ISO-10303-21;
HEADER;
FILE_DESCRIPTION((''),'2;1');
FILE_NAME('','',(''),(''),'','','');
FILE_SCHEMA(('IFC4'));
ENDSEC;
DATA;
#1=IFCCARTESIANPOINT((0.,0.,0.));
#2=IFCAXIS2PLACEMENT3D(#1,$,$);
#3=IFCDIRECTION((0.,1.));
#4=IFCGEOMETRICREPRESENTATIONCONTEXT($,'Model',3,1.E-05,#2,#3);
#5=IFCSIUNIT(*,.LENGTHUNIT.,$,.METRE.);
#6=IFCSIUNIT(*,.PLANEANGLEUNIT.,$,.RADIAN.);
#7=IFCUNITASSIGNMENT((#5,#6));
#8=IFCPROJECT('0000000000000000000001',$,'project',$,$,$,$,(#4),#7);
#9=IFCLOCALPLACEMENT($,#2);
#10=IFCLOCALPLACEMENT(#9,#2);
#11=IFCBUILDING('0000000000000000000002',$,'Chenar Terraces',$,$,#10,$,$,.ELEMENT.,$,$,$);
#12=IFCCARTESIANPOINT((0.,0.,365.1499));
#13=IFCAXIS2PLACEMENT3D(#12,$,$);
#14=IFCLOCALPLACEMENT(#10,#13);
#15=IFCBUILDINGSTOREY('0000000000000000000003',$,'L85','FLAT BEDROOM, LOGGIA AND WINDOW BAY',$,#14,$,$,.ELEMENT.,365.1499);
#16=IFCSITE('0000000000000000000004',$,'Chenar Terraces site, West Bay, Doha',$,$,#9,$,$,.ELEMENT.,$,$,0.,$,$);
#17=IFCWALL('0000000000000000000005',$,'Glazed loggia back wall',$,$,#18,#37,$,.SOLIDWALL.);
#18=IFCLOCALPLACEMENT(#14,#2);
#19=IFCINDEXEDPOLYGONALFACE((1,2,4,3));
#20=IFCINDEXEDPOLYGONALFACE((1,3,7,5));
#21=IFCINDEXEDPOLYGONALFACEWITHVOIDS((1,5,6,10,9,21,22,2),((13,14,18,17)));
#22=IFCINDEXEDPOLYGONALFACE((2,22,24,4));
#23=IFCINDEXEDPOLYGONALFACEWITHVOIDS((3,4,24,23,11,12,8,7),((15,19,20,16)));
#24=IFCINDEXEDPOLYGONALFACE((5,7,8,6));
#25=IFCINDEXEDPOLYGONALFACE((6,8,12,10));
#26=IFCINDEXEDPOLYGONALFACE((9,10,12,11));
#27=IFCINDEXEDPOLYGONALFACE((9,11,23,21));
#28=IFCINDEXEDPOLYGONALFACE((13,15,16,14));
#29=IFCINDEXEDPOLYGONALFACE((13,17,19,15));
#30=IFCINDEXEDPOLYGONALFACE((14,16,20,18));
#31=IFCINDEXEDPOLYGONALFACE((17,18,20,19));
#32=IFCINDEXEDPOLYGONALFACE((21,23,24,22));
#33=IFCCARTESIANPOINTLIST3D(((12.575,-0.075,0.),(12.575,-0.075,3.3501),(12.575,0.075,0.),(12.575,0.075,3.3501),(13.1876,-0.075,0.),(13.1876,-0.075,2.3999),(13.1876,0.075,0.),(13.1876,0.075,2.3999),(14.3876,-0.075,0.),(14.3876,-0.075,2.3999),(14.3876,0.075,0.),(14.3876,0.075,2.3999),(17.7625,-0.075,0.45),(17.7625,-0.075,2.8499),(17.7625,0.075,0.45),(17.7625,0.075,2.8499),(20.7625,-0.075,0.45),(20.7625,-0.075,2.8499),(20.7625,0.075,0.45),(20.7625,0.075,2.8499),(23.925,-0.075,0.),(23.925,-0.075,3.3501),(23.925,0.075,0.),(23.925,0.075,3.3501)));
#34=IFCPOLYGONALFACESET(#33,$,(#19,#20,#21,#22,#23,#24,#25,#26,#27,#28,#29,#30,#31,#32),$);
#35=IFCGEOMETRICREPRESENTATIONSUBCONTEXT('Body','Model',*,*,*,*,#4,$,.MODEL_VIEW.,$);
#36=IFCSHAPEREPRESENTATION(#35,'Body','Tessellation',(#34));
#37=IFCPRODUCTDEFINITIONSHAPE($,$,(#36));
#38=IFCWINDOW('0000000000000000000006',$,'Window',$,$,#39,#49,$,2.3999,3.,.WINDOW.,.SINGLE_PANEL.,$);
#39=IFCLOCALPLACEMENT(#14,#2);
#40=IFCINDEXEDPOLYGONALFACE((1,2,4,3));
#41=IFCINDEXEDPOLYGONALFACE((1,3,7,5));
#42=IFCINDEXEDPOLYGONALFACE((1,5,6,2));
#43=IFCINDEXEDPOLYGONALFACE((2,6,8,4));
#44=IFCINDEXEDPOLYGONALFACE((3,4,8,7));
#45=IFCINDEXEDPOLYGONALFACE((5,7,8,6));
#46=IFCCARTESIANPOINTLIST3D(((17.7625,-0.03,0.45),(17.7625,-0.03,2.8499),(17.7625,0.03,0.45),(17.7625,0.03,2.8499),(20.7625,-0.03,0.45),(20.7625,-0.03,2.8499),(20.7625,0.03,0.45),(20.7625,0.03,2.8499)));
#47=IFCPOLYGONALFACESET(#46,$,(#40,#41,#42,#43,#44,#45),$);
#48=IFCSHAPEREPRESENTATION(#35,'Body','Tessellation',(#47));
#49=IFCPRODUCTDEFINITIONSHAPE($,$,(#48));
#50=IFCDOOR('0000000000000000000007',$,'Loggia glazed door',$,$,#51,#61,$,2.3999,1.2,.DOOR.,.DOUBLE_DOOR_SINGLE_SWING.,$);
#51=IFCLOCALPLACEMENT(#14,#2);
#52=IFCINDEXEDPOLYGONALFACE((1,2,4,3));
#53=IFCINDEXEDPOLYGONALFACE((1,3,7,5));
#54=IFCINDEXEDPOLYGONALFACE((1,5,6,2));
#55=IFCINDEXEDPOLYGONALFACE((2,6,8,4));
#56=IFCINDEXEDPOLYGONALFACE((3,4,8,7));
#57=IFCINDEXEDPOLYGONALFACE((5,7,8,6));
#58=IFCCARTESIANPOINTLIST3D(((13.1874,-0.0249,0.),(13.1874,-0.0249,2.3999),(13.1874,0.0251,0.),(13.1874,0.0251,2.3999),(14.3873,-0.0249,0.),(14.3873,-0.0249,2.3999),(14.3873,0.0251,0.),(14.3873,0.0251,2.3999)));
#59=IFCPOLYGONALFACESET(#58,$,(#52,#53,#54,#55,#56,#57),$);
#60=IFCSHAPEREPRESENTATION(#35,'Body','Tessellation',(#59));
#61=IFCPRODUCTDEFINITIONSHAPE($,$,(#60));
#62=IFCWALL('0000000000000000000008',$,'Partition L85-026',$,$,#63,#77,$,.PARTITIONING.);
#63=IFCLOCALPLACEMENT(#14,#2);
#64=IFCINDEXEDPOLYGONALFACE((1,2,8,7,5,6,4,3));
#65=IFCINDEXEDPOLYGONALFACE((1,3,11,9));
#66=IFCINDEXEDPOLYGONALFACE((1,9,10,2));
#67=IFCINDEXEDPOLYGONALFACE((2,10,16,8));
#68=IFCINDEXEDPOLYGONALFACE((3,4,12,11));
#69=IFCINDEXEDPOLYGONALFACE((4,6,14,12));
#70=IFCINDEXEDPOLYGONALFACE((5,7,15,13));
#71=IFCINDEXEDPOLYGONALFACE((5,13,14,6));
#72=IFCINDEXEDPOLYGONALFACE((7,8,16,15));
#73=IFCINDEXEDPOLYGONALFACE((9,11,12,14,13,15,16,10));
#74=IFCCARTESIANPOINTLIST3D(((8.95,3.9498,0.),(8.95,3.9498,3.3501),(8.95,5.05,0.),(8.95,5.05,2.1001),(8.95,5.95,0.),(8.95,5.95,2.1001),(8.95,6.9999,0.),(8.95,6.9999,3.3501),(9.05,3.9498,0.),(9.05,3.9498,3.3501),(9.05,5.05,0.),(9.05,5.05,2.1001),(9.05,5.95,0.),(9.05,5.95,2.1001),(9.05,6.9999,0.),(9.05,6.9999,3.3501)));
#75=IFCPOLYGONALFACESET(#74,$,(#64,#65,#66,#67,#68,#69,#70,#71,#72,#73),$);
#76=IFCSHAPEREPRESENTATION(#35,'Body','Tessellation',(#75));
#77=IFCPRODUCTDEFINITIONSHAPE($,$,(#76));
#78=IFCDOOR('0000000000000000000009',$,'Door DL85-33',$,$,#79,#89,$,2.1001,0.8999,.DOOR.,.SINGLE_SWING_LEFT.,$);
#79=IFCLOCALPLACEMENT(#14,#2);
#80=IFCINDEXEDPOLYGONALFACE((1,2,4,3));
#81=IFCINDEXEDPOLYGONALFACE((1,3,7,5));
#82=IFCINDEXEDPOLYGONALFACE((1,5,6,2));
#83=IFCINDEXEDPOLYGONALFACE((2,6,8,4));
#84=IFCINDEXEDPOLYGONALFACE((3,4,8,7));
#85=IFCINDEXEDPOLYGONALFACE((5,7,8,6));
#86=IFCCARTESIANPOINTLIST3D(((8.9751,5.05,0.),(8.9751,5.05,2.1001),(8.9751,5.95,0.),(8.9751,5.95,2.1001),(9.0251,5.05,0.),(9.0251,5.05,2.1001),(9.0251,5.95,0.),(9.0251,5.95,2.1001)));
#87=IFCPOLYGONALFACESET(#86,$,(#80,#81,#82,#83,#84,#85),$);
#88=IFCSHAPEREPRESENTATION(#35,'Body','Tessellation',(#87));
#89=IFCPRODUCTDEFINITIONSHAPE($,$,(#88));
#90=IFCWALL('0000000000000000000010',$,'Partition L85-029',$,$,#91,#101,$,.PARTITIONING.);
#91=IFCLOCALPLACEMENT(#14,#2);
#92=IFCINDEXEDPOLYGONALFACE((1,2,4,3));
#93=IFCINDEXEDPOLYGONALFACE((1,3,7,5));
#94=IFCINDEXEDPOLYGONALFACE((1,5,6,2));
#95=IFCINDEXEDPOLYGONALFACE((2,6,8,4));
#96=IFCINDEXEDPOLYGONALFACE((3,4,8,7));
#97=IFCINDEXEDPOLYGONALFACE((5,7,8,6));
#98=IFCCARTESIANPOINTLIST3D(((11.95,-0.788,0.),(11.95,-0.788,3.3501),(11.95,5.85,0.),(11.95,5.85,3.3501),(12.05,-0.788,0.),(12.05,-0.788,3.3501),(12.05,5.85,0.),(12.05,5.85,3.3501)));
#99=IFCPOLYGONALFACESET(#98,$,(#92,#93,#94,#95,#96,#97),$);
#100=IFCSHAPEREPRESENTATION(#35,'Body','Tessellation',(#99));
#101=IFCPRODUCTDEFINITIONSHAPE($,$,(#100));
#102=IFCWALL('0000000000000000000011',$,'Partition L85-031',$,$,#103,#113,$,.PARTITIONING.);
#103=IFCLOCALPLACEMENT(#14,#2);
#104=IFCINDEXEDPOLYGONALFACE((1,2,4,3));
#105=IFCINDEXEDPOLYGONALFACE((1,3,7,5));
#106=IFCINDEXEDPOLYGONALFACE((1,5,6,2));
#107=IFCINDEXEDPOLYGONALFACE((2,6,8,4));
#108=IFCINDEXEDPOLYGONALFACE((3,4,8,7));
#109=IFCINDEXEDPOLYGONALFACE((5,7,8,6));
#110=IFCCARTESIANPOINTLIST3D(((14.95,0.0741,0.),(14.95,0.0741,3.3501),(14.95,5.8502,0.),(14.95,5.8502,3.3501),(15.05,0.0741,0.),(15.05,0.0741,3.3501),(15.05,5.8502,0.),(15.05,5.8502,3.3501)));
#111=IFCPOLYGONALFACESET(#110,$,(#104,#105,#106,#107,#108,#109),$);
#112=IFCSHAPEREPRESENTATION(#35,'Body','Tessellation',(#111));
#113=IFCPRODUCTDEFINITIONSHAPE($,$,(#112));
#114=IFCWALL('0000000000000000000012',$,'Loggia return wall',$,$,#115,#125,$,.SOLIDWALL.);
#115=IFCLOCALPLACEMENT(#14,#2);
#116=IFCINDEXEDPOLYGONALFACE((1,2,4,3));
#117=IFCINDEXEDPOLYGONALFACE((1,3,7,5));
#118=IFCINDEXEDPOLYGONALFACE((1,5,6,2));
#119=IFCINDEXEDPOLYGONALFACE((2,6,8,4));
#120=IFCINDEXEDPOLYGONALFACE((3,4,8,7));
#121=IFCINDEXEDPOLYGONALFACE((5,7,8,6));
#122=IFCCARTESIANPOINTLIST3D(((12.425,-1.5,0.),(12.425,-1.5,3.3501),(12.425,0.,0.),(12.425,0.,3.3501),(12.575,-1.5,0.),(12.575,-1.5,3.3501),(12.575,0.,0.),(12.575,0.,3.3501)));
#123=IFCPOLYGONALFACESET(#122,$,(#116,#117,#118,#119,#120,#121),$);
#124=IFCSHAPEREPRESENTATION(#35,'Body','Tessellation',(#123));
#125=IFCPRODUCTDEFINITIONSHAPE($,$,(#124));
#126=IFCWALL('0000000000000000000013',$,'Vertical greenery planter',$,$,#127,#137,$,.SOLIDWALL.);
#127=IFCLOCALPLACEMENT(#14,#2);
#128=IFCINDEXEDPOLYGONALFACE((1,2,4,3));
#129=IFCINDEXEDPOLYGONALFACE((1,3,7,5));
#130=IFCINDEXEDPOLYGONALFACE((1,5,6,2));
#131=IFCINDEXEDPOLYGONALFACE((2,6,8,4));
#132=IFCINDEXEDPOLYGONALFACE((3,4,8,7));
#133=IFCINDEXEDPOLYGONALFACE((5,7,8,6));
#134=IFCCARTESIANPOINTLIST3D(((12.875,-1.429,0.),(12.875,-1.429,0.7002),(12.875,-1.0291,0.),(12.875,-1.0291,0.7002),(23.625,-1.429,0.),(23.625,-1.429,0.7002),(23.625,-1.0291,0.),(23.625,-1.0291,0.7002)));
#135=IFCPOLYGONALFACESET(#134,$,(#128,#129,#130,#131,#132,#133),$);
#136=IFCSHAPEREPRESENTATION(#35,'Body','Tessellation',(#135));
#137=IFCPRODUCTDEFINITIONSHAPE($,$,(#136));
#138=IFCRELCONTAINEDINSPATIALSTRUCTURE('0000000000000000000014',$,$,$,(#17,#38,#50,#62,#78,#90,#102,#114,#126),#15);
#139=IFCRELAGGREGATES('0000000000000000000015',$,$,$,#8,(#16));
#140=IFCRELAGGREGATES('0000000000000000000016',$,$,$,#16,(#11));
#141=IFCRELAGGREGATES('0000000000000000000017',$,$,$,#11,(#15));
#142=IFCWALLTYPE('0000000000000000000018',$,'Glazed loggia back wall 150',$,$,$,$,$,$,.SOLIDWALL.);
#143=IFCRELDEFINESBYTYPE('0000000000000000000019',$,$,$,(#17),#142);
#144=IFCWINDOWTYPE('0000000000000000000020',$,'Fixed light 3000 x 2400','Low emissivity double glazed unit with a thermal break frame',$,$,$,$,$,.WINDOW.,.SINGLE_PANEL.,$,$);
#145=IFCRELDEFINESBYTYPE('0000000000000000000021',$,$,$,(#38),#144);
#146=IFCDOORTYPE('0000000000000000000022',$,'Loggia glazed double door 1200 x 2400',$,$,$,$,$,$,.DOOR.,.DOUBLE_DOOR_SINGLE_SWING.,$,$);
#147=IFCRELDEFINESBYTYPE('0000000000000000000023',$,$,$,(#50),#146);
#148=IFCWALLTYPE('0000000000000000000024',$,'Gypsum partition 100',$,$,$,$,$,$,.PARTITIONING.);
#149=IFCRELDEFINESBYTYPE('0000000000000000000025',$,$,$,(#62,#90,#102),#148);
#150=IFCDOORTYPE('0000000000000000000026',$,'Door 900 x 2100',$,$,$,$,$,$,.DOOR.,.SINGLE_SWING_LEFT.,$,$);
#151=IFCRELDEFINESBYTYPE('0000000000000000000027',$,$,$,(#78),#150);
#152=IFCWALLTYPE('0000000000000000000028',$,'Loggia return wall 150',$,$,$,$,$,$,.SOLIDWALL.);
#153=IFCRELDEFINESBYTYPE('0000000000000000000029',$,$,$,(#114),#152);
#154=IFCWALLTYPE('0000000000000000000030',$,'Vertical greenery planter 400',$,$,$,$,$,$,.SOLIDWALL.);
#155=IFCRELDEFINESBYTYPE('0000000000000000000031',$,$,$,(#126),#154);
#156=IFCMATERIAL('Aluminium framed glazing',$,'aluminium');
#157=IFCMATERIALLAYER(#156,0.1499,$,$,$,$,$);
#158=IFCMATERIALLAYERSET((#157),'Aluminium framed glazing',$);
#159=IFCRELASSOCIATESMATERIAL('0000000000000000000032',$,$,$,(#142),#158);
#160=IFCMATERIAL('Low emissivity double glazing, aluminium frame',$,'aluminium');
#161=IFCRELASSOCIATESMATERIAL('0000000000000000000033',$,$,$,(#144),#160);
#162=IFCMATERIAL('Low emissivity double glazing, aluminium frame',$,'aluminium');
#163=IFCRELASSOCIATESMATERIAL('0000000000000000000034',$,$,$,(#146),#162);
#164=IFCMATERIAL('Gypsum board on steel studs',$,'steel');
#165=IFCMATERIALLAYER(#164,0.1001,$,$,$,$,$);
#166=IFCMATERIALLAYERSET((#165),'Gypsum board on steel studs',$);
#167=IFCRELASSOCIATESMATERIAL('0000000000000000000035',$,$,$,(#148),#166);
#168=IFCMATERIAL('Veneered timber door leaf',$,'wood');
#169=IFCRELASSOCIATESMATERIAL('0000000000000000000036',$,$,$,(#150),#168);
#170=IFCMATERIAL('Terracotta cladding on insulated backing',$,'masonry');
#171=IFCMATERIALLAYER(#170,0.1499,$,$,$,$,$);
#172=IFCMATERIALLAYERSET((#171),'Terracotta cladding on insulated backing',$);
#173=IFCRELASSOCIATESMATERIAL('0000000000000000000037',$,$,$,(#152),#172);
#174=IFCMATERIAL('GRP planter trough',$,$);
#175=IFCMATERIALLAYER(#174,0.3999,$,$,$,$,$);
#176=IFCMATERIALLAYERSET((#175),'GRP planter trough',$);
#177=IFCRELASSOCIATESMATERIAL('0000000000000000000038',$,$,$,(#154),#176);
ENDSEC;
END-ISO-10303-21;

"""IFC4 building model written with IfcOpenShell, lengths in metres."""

from ifc_helpers import new_model, si_unit, direction, frame, frame_2d, origin, place, context, subcontext, project, spatial, rectangle, extrude, material, layer, layer_set, type_object, element, fill, save


model = new_model("IFC4")

# Units and contexts
model_context = context("Model", 3, precision=1e-05, world=origin(), true_north=direction((0.0, 1.0)))
body_context = subcontext(model_context, "Body", "Model", "MODEL_VIEW")
ifc_project = project(units=[si_unit("LENGTHUNIT", "METRE"), si_unit("PLANEANGLEUNIT", "RADIAN")], contexts=[model_context])

# Site, building, storey
site_placement = place(None, origin())
site = spatial("IfcSite", under=ifc_project, at=site_placement, Name="Chenar Terraces site, West Bay, Doha", CompositionType="ELEMENT", RefElevation=0.0)
building_placement = place(site_placement, origin())
building = spatial("IfcBuilding", under=site, at=building_placement, Name="Chenar Terraces", CompositionType="ELEMENT")
storey_placement = place(building_placement, frame((0.0, 0.0, 365.1499)))
storey = spatial("IfcBuildingStorey", under=building, at=storey_placement, Name="L85", Description="FLAT BEDROOM, LOGGIA AND WINDOW BAY", CompositionType="ELEMENT", Elevation=365.1499)

# Wall, openings, window, door
ifc_material_1 = material(Name="Aluminium framed glazing", Category="aluminium")
ifc_layer_1 = layer(ifc_material_1, 0.1499)
ifc_layer_set_1 = layer_set([ifc_layer_1], Name="Aluminium framed glazing")
wall_type_1 = type_object("IfcWallType", Name="Glazed loggia back wall 150", PredefinedType="SOLIDWALL", material=ifc_layer_set_1)
wall_1_placement = place(storey_placement, frame((12.575, 0.0, 0.0), z_axis=(0.0, 0.0, 1.0), x_axis=(1.0, 0.0, 0.0)))
wall_1 = element("IfcWall", 1, at=wall_1_placement, inside=storey, type_object=wall_type_1, Name="Glazed loggia back wall", PredefinedType="SOLIDWALL", context=body_context, shape_type="SweptSolid", body=[
    extrude(rectangle(XDim=11.3501, YDim=0.1499, at=frame_2d((5.675, 0.0))), origin(), (0.0, 0.0, 1.0), 3.3501),
])
opening_1_placement = place(wall_1_placement, frame((0.6125, 0.0, 0.0)))
opening_1 = element("IfcOpeningElement", 2, at=opening_1_placement, cuts=wall_1, PredefinedType="OPENING", context=body_context, shape_type="SweptSolid", body=[
    extrude(rectangle(XDim=1.2, YDim=2.3999, at=frame_2d((0.6001, 1.2))), frame((0.0, 0.085, 0.0), z_axis=(0.0, -1.0, 0.0), x_axis=(1.0, 0.0, 0.0)), (0.0, 0.0, 1.0), 0.1699),
])
opening_2_placement = place(wall_1_placement, frame((5.1875, 0.0, 0.45)))
opening_2 = element("IfcOpeningElement", 3, at=opening_2_placement, cuts=wall_1, PredefinedType="OPENING", context=body_context, shape_type="SweptSolid", body=[
    extrude(rectangle(XDim=3.0, YDim=2.3999, at=frame_2d((1.5, 1.2))), frame((0.0, 0.085, 0.0), z_axis=(0.0, -1.0, 0.0), x_axis=(1.0, 0.0, 0.0)), (0.0, 0.0, 1.0), 0.1699),
])
ifc_material_2 = material(Name="Low emissivity double glazing, aluminium frame", Category="aluminium")
window_type = type_object("IfcWindowType", Name="Fixed light 3000 x 2400", Description="Low emissivity double glazed unit with a thermal break frame", PartitioningType="SINGLE_PANEL", PredefinedType="WINDOW", material=ifc_material_2)
window_placement = place(opening_2_placement, origin())
window = element("IfcWindow", 4, at=window_placement, inside=storey, type_object=window_type, Name="Window", OverallHeight=2.3999, OverallWidth=3.0, PartitioningType="SINGLE_PANEL", PredefinedType="WINDOW", context=body_context, shape_type="SweptSolid", body=[
    extrude(rectangle(XDim=3.0, YDim=2.3999, at=frame_2d((1.5, 1.2))), frame((0.0, 0.03, 0.0), z_axis=(0.0, -1.0, 0.0), x_axis=(1.0, 0.0, 0.0)), (0.0, 0.0, 1.0), 0.0601),
])
fill(opening_2, window)
ifc_material_3 = material(Name="Low emissivity double glazing, aluminium frame", Category="aluminium")
door_type_1 = type_object("IfcDoorType", Name="Loggia glazed double door 1200 x 2400", OperationType="DOUBLE_DOOR_SINGLE_SWING", PredefinedType="DOOR", material=ifc_material_3)
door_1_placement = place(opening_1_placement, frame((1.2, 0.0, 0.0), z_axis=(0.0, 0.0, 1.0), x_axis=(-1.0, 0.0, 0.0)))
door_1 = element("IfcDoor", 5, at=door_1_placement, inside=storey, type_object=door_type_1, Name="Loggia glazed door", OperationType="DOUBLE_DOOR_SINGLE_SWING", OverallHeight=2.3999, OverallWidth=1.2, PredefinedType="DOOR", context=body_context, shape_type="SweptSolid", body=[
    extrude(rectangle(XDim=1.2, YDim=2.3999, at=frame_2d((0.6001, 1.2))), frame((0.0, 0.0249, 0.0), z_axis=(0.0, -1.0, 0.0), x_axis=(1.0, 0.0, 0.0)), (0.0, 0.0, 1.0), 0.05),
])
fill(opening_1, door_1)

# Wall, opening, door
ifc_material_4 = material(Name="Gypsum board on steel studs", Category="steel")
ifc_layer_2 = layer(ifc_material_4, 0.1001)
ifc_layer_set_2 = layer_set([ifc_layer_2], Name="Gypsum board on steel studs")
wall_type_2 = type_object("IfcWallType", Name="Gypsum partition 100", PredefinedType="PARTITIONING", material=ifc_layer_set_2)
wall_2_placement = place(storey_placement, frame((9.0, 3.95, 0.0), z_axis=(0.0, 0.0, 1.0), x_axis=(0.0, 1.0, 0.0)))
wall_2 = element("IfcWall", 6, at=wall_2_placement, inside=storey, type_object=wall_type_2, Name="Partition L85-026", PredefinedType="PARTITIONING", context=body_context, shape_type="SweptSolid", body=[
    extrude(rectangle(XDim=3.05, YDim=0.1001, at=frame_2d((1.5249, 0.0))), origin(), (0.0, 0.0, 1.0), 3.3501),
])
opening_3_placement = place(wall_2_placement, frame((1.1001, 0.0, 0.0)))
opening_3 = element("IfcOpeningElement", 7, at=opening_3_placement, cuts=wall_2, PredefinedType="OPENING", context=body_context, shape_type="SweptSolid", body=[
    extrude(rectangle(XDim=0.8999, YDim=2.1001, at=frame_2d((0.45, 1.05))), frame((0.0, 0.0601, 0.0), z_axis=(0.0, -1.0, 0.0), x_axis=(1.0, 0.0, 0.0)), (0.0, 0.0, 1.0), 0.1201),
])
ifc_material_5 = material(Name="Veneered timber door leaf", Category="wood")
door_type_2 = type_object("IfcDoorType", Name="Door 900 x 2100", OperationType="SINGLE_SWING_LEFT", PredefinedType="DOOR", material=ifc_material_5)
door_2_placement = place(opening_3_placement, origin())
door_2 = element("IfcDoor", 8, at=door_2_placement, inside=storey, type_object=door_type_2, Name="Door DL85-33", OperationType="SINGLE_SWING_LEFT", OverallHeight=2.1001, OverallWidth=0.8999, PredefinedType="DOOR", context=body_context, shape_type="SweptSolid", body=[
    extrude(rectangle(XDim=0.8999, YDim=2.1001, at=frame_2d((0.45, 1.05))), frame((0.0, 0.0249, 0.0), z_axis=(0.0, -1.0, 0.0), x_axis=(1.0, 0.0, 0.0)), (0.0, 0.0, 1.0), 0.05),
])
fill(opening_3, door_2)

# Walls
wall_3_placement = place(storey_placement, frame((12.0, -0.7878, 0.0), z_axis=(0.0, 0.0, 1.0), x_axis=(0.0, 1.0, 0.0)))
element("IfcWall", 9, at=wall_3_placement, inside=storey, type_object=wall_type_2, Name="Partition L85-029", PredefinedType="PARTITIONING", context=body_context, shape_type="SweptSolid", body=[
    extrude(rectangle(XDim=6.6379, YDim=0.1001, at=frame_2d((3.3188, 0.0))), origin(), (0.0, 0.0, 1.0), 3.3501),
])
wall_4_placement = place(storey_placement, frame((15.0, 0.074, 0.0), z_axis=(0.0, 0.0, 1.0), x_axis=(0.0, 1.0, 0.0)))
element("IfcWall", 10, at=wall_4_placement, inside=storey, type_object=wall_type_2, Name="Partition L85-031", PredefinedType="PARTITIONING", context=body_context, shape_type="SweptSolid", body=[
    extrude(rectangle(XDim=5.7761, YDim=0.1001, at=frame_2d((2.8882, 0.0))), origin(), (0.0, 0.0, 1.0), 3.3501),
])
ifc_material_6 = material(Name="Terracotta cladding on insulated backing", Category="masonry")
ifc_layer_3 = layer(ifc_material_6, 0.1499)
ifc_layer_set_3 = layer_set([ifc_layer_3], Name="Terracotta cladding on insulated backing")
wall_type_3 = type_object("IfcWallType", Name="Loggia return wall 150", PredefinedType="SOLIDWALL", material=ifc_layer_set_3)
wall_5_placement = place(storey_placement, frame((12.5, -1.5, 0.0), z_axis=(0.0, 0.0, 1.0), x_axis=(0.0, 1.0, 0.0)))
element("IfcWall", 11, at=wall_5_placement, inside=storey, type_object=wall_type_3, Name="Loggia return wall", PredefinedType="SOLIDWALL", context=body_context, shape_type="SweptSolid", body=[
    extrude(rectangle(XDim=1.5, YDim=0.1499, at=frame_2d((0.75, 0.0))), origin(), (0.0, 0.0, 1.0), 3.3501),
])
ifc_material_7 = material(Name="GRP planter trough")
ifc_layer_4 = layer(ifc_material_7, 0.3999)
ifc_layer_set_4 = layer_set([ifc_layer_4], Name="GRP planter trough")
wall_type_4 = type_object("IfcWallType", Name="Vertical greenery planter 400", PredefinedType="SOLIDWALL", material=ifc_layer_set_4)
wall_6_placement = place(storey_placement, frame((12.875, -1.229, 0.0), z_axis=(0.0, 0.0, 1.0), x_axis=(1.0, 0.0, 0.0)))
element("IfcWall", 12, at=wall_6_placement, inside=storey, type_object=wall_type_4, Name="Vertical greenery planter", PredefinedType="SOLIDWALL", context=body_context, shape_type="SweptSolid", body=[
    extrude(rectangle(XDim=10.75, YDim=0.3999, at=frame_2d((5.375, 0.0))), origin(), (0.0, 0.0, 1.0), 0.7002),
])

save(model, "model.ifc")
